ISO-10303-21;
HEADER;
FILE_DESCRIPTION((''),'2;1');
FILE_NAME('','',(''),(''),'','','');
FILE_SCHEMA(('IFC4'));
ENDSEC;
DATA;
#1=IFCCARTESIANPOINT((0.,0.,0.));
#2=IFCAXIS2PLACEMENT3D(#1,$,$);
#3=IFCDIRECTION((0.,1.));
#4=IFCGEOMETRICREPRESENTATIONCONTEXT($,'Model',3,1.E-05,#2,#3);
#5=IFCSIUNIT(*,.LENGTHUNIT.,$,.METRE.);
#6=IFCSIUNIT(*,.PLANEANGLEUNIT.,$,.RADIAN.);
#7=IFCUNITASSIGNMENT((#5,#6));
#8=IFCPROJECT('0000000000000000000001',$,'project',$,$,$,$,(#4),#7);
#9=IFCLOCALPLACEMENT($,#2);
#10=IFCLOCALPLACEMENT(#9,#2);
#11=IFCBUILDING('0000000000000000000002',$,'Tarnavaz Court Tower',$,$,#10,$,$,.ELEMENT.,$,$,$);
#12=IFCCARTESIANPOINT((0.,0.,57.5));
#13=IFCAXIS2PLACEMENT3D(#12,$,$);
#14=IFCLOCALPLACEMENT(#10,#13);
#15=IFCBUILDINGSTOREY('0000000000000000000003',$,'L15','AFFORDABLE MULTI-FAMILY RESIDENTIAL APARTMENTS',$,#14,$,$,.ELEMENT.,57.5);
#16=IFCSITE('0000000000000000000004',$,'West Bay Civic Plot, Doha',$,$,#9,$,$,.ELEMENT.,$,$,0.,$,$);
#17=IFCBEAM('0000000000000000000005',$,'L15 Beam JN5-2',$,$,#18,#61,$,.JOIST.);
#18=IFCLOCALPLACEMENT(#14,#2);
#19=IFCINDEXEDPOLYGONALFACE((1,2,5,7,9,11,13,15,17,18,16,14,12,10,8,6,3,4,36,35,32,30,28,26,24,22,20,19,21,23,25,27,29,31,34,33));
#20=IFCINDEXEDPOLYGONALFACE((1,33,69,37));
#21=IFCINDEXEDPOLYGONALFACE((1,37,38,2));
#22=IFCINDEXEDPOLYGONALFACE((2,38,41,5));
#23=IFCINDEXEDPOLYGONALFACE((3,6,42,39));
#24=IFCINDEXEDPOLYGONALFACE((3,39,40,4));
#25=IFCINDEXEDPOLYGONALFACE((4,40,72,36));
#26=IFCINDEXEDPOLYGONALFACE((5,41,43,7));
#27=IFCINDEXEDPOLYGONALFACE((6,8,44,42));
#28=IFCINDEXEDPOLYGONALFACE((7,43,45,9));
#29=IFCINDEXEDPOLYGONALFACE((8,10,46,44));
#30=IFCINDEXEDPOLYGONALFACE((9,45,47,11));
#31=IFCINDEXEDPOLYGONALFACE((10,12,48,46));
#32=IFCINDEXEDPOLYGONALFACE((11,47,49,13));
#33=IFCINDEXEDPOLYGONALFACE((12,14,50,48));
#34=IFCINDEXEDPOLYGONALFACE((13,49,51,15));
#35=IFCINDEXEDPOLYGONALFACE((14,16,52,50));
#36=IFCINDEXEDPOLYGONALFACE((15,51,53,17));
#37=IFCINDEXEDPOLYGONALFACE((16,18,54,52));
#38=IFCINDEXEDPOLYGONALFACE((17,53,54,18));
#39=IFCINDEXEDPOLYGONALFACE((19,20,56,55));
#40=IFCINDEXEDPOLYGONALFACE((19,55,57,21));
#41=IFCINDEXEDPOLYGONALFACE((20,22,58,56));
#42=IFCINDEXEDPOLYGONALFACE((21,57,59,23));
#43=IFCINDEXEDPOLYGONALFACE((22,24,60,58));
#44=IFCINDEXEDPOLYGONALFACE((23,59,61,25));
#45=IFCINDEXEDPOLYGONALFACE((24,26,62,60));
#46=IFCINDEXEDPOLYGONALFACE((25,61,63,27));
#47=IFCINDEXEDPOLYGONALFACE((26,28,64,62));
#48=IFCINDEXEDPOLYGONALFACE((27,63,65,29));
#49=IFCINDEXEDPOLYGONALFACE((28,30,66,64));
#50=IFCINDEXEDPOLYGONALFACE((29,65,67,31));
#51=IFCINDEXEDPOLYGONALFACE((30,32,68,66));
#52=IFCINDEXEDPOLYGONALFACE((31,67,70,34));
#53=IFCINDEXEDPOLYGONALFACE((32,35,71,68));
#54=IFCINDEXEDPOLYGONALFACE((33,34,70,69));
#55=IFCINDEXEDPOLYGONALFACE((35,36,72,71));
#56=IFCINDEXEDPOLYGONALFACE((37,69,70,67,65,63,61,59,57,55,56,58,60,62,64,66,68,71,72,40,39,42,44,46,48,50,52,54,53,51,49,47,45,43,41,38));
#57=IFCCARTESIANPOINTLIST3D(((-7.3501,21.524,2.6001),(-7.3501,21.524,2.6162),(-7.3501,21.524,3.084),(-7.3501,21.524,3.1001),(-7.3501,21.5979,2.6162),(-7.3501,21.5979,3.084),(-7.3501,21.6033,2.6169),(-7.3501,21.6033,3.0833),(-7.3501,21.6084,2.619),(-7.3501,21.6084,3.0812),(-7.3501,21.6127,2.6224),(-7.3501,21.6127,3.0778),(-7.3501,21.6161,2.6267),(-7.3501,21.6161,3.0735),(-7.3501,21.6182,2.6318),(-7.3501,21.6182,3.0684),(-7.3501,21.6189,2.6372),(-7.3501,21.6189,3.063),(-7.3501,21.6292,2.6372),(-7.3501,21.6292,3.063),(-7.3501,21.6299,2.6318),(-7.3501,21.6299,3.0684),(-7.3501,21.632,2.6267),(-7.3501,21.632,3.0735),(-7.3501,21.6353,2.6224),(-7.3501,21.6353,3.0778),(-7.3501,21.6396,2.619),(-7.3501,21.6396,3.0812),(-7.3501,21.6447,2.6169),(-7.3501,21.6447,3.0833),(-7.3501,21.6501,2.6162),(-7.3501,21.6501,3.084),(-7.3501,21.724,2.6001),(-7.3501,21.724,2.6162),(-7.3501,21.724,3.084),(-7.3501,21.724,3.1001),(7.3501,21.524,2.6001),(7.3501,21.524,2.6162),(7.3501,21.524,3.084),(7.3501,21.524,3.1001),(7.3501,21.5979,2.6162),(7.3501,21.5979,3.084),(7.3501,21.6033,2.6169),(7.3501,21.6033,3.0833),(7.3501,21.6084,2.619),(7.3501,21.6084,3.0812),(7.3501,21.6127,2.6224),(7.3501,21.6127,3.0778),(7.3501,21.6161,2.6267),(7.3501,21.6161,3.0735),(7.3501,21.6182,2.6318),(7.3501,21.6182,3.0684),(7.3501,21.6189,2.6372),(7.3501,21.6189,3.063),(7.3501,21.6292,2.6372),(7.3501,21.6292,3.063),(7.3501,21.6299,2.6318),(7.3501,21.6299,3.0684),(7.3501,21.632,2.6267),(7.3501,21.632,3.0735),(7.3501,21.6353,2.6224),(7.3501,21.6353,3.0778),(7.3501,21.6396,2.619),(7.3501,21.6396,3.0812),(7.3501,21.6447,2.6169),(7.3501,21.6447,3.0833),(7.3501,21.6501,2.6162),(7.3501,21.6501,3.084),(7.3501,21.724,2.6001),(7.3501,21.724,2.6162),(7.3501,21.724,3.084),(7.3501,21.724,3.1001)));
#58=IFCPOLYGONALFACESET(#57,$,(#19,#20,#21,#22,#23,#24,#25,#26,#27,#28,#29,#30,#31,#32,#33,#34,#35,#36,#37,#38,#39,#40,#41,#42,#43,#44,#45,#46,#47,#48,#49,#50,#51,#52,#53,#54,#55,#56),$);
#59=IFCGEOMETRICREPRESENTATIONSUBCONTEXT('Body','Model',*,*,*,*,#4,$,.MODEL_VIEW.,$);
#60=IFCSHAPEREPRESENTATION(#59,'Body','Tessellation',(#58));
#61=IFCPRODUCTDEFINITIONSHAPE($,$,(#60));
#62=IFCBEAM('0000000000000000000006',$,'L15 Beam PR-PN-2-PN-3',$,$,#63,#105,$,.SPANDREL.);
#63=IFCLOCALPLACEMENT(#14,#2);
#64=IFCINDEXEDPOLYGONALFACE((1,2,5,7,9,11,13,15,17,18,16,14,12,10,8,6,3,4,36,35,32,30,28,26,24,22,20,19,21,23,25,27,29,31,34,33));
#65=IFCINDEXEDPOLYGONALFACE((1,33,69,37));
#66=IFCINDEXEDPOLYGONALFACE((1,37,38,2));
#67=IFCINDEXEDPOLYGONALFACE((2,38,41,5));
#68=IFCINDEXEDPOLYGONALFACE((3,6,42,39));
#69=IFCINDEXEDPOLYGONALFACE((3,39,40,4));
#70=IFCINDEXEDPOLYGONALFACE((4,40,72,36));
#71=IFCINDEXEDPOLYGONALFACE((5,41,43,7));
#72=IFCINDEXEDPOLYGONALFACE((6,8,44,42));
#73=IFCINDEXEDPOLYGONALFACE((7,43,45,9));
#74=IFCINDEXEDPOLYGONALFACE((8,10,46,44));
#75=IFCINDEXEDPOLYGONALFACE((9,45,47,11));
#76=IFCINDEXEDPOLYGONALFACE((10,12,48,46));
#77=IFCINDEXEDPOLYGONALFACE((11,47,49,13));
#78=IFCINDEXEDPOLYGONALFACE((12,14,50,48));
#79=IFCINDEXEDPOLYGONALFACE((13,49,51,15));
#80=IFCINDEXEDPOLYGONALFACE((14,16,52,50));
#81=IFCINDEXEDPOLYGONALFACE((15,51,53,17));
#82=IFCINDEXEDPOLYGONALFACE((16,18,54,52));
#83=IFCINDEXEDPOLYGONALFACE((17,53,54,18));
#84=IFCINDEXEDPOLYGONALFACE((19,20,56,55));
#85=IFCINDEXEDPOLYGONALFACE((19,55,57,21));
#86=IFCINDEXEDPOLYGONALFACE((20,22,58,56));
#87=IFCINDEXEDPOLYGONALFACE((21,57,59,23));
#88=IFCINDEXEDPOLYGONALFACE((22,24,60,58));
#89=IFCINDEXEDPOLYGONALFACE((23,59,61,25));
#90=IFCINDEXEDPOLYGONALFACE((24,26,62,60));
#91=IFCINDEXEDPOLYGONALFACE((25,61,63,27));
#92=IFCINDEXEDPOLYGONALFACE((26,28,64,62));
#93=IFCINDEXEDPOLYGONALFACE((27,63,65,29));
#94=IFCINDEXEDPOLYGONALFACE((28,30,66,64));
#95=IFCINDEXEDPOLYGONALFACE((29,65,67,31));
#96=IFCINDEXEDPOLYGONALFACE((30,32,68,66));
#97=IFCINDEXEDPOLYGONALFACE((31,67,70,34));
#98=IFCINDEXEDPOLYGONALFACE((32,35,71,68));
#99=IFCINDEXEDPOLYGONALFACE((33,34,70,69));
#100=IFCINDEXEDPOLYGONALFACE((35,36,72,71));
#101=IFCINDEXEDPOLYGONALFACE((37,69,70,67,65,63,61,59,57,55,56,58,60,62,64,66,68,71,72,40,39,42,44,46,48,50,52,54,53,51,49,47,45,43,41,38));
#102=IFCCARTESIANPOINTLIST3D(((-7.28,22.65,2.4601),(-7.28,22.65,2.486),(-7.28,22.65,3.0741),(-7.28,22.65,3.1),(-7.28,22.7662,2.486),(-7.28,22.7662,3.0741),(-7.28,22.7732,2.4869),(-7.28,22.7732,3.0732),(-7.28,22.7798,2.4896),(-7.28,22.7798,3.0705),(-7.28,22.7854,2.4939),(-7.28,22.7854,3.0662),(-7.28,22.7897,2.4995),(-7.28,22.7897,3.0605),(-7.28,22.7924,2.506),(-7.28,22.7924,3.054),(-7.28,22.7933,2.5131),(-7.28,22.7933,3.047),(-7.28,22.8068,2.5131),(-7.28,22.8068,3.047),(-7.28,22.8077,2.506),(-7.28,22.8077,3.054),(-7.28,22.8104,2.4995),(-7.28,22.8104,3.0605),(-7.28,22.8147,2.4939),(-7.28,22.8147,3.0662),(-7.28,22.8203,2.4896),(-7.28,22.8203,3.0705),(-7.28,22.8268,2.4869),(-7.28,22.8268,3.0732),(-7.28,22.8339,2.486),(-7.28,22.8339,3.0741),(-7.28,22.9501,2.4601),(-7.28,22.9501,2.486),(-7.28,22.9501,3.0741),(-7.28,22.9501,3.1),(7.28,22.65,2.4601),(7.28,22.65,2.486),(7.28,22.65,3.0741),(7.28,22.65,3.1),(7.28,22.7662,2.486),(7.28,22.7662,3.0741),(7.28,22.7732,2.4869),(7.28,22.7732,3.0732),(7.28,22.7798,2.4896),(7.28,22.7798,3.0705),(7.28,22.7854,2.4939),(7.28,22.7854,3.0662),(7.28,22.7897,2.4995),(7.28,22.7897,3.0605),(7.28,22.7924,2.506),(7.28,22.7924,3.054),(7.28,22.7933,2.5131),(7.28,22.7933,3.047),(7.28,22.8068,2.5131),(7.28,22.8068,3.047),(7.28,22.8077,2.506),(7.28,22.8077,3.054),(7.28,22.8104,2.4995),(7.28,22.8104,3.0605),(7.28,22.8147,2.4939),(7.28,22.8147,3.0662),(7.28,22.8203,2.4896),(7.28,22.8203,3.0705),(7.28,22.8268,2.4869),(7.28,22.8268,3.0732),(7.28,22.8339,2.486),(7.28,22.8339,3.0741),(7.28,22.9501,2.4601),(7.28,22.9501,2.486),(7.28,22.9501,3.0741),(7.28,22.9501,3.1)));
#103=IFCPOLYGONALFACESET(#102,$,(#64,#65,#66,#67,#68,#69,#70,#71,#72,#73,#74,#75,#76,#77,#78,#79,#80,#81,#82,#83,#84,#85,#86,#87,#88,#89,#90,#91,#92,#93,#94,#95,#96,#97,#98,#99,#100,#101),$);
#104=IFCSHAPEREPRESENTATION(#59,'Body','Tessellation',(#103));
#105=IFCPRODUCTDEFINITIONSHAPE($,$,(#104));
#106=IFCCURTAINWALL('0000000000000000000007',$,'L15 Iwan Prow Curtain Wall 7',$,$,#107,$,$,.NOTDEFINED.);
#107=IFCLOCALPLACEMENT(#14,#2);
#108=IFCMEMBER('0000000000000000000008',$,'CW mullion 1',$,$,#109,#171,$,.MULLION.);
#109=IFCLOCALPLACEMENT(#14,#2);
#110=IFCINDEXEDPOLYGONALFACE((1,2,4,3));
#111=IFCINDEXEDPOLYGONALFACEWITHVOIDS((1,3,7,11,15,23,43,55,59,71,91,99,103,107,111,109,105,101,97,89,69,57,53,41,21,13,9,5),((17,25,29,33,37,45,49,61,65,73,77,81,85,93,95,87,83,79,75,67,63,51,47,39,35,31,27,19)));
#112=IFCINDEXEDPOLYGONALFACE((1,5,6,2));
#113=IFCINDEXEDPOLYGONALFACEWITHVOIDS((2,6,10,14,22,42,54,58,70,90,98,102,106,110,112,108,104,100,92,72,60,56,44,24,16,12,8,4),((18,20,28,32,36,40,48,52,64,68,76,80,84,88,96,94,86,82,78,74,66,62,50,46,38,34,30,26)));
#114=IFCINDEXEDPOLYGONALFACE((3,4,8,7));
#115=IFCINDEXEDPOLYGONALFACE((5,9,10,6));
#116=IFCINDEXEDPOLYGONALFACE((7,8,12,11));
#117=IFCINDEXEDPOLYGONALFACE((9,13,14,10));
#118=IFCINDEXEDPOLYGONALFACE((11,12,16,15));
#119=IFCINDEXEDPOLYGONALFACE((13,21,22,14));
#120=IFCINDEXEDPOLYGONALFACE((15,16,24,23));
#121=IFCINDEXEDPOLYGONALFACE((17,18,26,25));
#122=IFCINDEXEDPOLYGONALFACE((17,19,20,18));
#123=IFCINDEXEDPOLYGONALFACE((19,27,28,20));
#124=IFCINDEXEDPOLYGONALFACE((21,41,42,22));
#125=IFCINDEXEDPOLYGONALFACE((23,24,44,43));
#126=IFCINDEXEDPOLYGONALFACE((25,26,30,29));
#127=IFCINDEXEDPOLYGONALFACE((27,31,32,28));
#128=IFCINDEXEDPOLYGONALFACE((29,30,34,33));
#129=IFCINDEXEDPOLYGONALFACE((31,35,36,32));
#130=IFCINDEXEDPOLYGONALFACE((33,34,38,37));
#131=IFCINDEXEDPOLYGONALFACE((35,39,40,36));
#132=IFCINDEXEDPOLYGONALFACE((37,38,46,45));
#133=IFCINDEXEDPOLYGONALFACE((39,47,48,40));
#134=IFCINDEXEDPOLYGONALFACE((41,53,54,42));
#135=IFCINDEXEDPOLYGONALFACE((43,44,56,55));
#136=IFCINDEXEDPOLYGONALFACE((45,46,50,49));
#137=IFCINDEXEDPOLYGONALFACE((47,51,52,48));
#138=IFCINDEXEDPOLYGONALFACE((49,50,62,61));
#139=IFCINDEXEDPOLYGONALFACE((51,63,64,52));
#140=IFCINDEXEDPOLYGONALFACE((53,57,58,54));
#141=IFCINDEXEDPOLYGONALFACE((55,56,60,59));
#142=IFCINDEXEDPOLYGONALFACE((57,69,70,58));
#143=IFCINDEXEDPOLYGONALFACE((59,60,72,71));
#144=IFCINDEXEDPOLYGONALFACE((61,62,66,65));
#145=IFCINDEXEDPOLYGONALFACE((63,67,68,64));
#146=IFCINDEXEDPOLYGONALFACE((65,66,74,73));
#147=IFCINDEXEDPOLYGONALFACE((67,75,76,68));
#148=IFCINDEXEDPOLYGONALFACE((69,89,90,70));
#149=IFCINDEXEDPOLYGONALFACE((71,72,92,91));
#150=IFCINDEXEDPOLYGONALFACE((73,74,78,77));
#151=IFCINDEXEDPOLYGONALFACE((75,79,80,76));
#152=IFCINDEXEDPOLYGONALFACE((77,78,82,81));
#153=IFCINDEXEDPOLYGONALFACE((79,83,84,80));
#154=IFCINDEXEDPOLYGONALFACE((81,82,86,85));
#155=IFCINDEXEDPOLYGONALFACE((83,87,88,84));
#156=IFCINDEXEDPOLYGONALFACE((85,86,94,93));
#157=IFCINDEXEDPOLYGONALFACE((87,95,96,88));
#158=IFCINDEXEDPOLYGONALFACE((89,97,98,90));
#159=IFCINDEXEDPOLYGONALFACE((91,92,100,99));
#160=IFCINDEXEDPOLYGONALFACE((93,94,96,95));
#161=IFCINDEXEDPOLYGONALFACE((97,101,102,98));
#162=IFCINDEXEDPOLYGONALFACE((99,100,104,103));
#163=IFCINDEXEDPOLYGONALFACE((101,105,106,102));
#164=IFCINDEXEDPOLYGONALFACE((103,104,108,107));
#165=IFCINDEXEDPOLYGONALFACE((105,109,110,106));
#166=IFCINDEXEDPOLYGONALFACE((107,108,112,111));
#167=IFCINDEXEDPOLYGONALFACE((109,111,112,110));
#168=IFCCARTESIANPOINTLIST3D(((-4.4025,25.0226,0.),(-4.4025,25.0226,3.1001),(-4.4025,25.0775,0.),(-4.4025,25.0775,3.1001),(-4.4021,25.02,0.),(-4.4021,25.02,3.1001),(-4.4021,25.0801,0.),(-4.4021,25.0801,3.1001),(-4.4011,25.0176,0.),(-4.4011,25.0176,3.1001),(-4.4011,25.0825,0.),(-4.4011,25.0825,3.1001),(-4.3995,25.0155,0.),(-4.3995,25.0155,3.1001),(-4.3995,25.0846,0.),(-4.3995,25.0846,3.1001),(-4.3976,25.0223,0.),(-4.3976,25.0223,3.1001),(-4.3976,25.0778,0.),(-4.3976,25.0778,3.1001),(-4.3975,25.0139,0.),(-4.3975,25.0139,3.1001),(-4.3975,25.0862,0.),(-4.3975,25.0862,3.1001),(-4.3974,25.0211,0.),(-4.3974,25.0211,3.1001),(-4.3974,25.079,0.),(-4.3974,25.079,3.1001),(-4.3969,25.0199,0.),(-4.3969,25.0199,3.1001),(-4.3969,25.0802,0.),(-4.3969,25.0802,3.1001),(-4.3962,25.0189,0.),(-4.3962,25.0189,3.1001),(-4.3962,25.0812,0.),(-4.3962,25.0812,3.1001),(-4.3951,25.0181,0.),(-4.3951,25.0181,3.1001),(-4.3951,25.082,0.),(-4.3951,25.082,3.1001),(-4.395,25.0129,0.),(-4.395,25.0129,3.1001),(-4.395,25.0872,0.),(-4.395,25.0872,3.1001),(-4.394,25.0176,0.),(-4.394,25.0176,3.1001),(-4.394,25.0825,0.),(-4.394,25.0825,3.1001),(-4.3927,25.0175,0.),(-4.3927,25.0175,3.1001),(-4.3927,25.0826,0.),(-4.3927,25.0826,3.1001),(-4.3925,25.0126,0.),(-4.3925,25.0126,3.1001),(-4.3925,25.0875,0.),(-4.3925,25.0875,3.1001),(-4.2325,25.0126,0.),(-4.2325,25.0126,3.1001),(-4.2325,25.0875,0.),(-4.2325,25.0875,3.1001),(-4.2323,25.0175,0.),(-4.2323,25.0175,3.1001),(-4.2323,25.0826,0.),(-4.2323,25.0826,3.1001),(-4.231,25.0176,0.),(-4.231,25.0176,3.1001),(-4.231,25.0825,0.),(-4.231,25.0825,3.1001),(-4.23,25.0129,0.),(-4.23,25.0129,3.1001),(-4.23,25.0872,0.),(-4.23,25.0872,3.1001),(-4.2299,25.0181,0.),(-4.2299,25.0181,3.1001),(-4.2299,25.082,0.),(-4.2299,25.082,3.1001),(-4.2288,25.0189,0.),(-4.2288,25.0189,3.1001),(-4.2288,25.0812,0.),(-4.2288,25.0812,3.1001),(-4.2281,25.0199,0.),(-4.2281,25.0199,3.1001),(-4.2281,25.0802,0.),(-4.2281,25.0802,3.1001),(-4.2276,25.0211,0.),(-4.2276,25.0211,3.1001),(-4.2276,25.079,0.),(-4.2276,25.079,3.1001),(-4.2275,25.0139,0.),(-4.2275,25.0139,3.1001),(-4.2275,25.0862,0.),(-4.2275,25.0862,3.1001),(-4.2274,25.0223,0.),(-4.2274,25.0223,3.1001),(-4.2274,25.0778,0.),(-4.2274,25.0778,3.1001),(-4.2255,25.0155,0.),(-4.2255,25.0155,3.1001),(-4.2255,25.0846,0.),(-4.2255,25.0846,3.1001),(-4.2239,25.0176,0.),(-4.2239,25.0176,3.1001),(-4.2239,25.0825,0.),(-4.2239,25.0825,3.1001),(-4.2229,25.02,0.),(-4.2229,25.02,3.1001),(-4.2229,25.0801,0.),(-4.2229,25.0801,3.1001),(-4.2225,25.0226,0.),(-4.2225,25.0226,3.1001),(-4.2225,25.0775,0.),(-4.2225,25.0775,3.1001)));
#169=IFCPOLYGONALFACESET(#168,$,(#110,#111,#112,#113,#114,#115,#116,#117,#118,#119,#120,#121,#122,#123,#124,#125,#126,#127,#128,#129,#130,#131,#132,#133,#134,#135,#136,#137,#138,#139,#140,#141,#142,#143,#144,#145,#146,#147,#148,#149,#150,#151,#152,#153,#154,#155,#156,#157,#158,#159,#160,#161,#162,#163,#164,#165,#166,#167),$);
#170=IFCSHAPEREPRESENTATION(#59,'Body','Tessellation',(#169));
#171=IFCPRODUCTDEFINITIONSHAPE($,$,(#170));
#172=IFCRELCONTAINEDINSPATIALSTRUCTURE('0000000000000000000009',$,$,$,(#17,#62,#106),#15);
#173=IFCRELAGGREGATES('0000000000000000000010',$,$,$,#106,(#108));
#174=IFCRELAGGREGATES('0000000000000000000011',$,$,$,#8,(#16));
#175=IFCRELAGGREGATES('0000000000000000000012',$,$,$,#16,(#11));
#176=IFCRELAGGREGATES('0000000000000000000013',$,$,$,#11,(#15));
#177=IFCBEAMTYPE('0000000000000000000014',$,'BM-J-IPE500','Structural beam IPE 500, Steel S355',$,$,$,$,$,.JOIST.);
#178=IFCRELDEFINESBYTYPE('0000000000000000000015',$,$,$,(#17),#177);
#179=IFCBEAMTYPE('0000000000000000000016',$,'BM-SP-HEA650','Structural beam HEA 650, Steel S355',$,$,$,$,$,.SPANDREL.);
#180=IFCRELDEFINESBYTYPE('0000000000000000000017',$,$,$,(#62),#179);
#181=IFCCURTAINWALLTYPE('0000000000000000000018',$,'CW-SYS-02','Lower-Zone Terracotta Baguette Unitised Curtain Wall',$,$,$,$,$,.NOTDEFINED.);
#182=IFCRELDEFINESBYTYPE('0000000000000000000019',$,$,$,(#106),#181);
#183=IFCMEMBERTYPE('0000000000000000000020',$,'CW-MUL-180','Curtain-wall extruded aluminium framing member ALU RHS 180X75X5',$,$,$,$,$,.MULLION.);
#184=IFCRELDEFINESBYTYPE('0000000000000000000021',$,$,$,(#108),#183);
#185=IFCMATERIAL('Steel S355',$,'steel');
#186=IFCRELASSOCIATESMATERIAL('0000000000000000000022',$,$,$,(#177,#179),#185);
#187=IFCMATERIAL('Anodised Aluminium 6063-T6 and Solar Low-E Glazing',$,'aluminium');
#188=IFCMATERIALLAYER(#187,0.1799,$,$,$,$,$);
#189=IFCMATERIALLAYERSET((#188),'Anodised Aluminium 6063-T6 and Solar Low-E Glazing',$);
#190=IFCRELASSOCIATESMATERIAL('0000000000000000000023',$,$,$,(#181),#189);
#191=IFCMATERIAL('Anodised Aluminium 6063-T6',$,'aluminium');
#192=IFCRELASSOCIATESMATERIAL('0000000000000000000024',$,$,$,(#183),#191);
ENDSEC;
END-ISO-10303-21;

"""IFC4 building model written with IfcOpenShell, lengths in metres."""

from ifc_helpers import new_model, si_unit, direction, frame, origin, origin_2d, place, context, subcontext, project, spatial, hollow_rectangle, i_section, extrude, material, layer, layer_set, material_profile, profile_set, type_object, element, aggregate, save


model = new_model("IFC4")

# Units and contexts
model_context = context("Model", 3, precision=1e-05, world=origin(), true_north=direction((0.0, 1.0)))
body_context = subcontext(model_context, "Body", "Model", "MODEL_VIEW")
ifc_project = project(units=[si_unit("LENGTHUNIT", "METRE"), si_unit("PLANEANGLEUNIT", "RADIAN")], contexts=[model_context])

# Site, building, storey
site_placement = place(None, origin())
site = spatial("IfcSite", under=ifc_project, at=site_placement, Name="West Bay Civic Plot, Doha", CompositionType="ELEMENT", RefElevation=0.0)
building_placement = place(site_placement, origin())
building = spatial("IfcBuilding", under=site, at=building_placement, Name="Tarnavaz Court Tower", CompositionType="ELEMENT")
storey_placement = place(building_placement, frame((0.0, 0.0, 57.5)))
storey = spatial("IfcBuildingStorey", under=building, at=storey_placement, Name="L15", Description="AFFORDABLE MULTI-FAMILY RESIDENTIAL APARTMENTS", CompositionType="ELEMENT", Elevation=57.5)

# Beams
ifc_material_1 = material(Name="Steel S355", Category="steel")
ifc_material_profile_1 = material_profile(ifc_material_1, i_section(OverallWidth=0.2, OverallDepth=0.5, WebThickness=0.0103, FlangeThickness=0.0161, FilletRadius=0.021, at=origin_2d()), Name="IPE 500")
ifc_profile_set_1 = profile_set([ifc_material_profile_1], Name="Steel S355")
beam_type_1 = type_object("IfcBeamType", Name="BM-J-IPE500", Description="Structural beam IPE 500, Steel S355", PredefinedType="JOIST", material=ifc_profile_set_1)
for number, where, z_axis, x_axis, name in (
    (1, (-7.3501, 21.624, 2.8501), (1.0, 0.0, 0.0), (0.0, 1.0, 0.0), "L15 Beam JN5-2"),
):
    element("IfcBeam", number, at=place(storey_placement, frame(where, z_axis=z_axis, x_axis=x_axis)), inside=storey, type_object=beam_type_1, Name=name, PredefinedType="JOIST", context=body_context, shape_type="SweptSolid", body=[
        extrude(i_section(OverallWidth=0.2, OverallDepth=0.5, WebThickness=0.0103, FlangeThickness=0.0161, FilletRadius=0.021, at=origin_2d()), origin(), (0.0, 0.0, 1.0), 14.7002),
    ])
ifc_material_profile_2 = material_profile(ifc_material_1, i_section(OverallWidth=0.3, OverallDepth=0.6399, WebThickness=0.0134, FlangeThickness=0.0259, FilletRadius=0.0271, at=origin_2d()), Name="HEA 650")
ifc_profile_set_2 = profile_set([ifc_material_profile_2], Name="Steel S355")
beam_type_2 = type_object("IfcBeamType", Name="BM-SP-HEA650", Description="Structural beam HEA 650, Steel S355", PredefinedType="SPANDREL", material=ifc_profile_set_2)
beam_placement = place(storey_placement, frame((-7.28, 22.8, 2.78), z_axis=(1.0, 0.0, 0.0), x_axis=(0.0, 1.0, 0.0)))
element("IfcBeam", 2, at=beam_placement, inside=storey, type_object=beam_type_2, Name="L15 Beam PR-PN-2-PN-3", PredefinedType="SPANDREL", context=body_context, shape_type="SweptSolid", body=[
    extrude(i_section(OverallWidth=0.3, OverallDepth=0.6399, WebThickness=0.0134, FlangeThickness=0.0259, FilletRadius=0.0271, at=origin_2d()), origin(), (0.0, 0.0, 1.0), 14.5601),
])

# Curtain wall, member
ifc_material_2 = material(Name="Anodised Aluminium 6063-T6 and Solar Low-E Glazing", Category="aluminium")
ifc_layer_1 = layer(ifc_material_2, 0.1799)
ifc_layer_set_1 = layer_set([ifc_layer_1], Name="Anodised Aluminium 6063-T6 and Solar Low-E Glazing")
curtain_wall_type = type_object("IfcCurtainWallType", Name="CW-SYS-02", Description="Lower-Zone Terracotta Baguette Unitised Curtain Wall", PredefinedType="NOTDEFINED", material=ifc_layer_set_1)
curtain_wall_placement = place(storey_placement, origin())
curtain_wall = element("IfcCurtainWall", 3, at=curtain_wall_placement, inside=storey, type_object=curtain_wall_type, Name="L15 Iwan Prow Curtain Wall 7", PredefinedType="NOTDEFINED")
ifc_material_3 = material(Name="Anodised Aluminium 6063-T6", Category="aluminium")
ifc_material_profile_3 = material_profile(ifc_material_3, hollow_rectangle(XDim=0.075, YDim=0.1799, WallThickness=0.0049, InnerFilletRadius=0.0049, OuterFilletRadius=0.01, at=origin_2d()), Name="ALU RHS 180X75X5")
ifc_profile_set_3 = profile_set([ifc_material_profile_3], Name="Anodised Aluminium 6063-T6")
member_type_1 = type_object("IfcMemberType", Name="CW-MUL-180", Description="Curtain-wall extruded aluminium framing member ALU RHS 180X75X5", PredefinedType="MULLION", material=ifc_profile_set_3)
member_1_placement = place(storey_placement, frame((-4.3125, 25.05, 0.0), z_axis=(0.0, 0.0, 1.0), x_axis=(0.0, 1.0, 0.0)))
member_1 = element("IfcMember", 4, at=member_1_placement, type_object=member_type_1, Name="CW mullion 1", PredefinedType="MULLION", context=body_context, shape_type="SweptSolid", body=[
    extrude(hollow_rectangle(XDim=0.075, YDim=0.1799, WallThickness=0.0049, InnerFilletRadius=0.0049, OuterFilletRadius=0.01, at=origin_2d()), origin(), (0.0, 0.0, 1.0), 3.1001),
])
aggregate(curtain_wall, [member_1])

save(model, "model.ifc")
